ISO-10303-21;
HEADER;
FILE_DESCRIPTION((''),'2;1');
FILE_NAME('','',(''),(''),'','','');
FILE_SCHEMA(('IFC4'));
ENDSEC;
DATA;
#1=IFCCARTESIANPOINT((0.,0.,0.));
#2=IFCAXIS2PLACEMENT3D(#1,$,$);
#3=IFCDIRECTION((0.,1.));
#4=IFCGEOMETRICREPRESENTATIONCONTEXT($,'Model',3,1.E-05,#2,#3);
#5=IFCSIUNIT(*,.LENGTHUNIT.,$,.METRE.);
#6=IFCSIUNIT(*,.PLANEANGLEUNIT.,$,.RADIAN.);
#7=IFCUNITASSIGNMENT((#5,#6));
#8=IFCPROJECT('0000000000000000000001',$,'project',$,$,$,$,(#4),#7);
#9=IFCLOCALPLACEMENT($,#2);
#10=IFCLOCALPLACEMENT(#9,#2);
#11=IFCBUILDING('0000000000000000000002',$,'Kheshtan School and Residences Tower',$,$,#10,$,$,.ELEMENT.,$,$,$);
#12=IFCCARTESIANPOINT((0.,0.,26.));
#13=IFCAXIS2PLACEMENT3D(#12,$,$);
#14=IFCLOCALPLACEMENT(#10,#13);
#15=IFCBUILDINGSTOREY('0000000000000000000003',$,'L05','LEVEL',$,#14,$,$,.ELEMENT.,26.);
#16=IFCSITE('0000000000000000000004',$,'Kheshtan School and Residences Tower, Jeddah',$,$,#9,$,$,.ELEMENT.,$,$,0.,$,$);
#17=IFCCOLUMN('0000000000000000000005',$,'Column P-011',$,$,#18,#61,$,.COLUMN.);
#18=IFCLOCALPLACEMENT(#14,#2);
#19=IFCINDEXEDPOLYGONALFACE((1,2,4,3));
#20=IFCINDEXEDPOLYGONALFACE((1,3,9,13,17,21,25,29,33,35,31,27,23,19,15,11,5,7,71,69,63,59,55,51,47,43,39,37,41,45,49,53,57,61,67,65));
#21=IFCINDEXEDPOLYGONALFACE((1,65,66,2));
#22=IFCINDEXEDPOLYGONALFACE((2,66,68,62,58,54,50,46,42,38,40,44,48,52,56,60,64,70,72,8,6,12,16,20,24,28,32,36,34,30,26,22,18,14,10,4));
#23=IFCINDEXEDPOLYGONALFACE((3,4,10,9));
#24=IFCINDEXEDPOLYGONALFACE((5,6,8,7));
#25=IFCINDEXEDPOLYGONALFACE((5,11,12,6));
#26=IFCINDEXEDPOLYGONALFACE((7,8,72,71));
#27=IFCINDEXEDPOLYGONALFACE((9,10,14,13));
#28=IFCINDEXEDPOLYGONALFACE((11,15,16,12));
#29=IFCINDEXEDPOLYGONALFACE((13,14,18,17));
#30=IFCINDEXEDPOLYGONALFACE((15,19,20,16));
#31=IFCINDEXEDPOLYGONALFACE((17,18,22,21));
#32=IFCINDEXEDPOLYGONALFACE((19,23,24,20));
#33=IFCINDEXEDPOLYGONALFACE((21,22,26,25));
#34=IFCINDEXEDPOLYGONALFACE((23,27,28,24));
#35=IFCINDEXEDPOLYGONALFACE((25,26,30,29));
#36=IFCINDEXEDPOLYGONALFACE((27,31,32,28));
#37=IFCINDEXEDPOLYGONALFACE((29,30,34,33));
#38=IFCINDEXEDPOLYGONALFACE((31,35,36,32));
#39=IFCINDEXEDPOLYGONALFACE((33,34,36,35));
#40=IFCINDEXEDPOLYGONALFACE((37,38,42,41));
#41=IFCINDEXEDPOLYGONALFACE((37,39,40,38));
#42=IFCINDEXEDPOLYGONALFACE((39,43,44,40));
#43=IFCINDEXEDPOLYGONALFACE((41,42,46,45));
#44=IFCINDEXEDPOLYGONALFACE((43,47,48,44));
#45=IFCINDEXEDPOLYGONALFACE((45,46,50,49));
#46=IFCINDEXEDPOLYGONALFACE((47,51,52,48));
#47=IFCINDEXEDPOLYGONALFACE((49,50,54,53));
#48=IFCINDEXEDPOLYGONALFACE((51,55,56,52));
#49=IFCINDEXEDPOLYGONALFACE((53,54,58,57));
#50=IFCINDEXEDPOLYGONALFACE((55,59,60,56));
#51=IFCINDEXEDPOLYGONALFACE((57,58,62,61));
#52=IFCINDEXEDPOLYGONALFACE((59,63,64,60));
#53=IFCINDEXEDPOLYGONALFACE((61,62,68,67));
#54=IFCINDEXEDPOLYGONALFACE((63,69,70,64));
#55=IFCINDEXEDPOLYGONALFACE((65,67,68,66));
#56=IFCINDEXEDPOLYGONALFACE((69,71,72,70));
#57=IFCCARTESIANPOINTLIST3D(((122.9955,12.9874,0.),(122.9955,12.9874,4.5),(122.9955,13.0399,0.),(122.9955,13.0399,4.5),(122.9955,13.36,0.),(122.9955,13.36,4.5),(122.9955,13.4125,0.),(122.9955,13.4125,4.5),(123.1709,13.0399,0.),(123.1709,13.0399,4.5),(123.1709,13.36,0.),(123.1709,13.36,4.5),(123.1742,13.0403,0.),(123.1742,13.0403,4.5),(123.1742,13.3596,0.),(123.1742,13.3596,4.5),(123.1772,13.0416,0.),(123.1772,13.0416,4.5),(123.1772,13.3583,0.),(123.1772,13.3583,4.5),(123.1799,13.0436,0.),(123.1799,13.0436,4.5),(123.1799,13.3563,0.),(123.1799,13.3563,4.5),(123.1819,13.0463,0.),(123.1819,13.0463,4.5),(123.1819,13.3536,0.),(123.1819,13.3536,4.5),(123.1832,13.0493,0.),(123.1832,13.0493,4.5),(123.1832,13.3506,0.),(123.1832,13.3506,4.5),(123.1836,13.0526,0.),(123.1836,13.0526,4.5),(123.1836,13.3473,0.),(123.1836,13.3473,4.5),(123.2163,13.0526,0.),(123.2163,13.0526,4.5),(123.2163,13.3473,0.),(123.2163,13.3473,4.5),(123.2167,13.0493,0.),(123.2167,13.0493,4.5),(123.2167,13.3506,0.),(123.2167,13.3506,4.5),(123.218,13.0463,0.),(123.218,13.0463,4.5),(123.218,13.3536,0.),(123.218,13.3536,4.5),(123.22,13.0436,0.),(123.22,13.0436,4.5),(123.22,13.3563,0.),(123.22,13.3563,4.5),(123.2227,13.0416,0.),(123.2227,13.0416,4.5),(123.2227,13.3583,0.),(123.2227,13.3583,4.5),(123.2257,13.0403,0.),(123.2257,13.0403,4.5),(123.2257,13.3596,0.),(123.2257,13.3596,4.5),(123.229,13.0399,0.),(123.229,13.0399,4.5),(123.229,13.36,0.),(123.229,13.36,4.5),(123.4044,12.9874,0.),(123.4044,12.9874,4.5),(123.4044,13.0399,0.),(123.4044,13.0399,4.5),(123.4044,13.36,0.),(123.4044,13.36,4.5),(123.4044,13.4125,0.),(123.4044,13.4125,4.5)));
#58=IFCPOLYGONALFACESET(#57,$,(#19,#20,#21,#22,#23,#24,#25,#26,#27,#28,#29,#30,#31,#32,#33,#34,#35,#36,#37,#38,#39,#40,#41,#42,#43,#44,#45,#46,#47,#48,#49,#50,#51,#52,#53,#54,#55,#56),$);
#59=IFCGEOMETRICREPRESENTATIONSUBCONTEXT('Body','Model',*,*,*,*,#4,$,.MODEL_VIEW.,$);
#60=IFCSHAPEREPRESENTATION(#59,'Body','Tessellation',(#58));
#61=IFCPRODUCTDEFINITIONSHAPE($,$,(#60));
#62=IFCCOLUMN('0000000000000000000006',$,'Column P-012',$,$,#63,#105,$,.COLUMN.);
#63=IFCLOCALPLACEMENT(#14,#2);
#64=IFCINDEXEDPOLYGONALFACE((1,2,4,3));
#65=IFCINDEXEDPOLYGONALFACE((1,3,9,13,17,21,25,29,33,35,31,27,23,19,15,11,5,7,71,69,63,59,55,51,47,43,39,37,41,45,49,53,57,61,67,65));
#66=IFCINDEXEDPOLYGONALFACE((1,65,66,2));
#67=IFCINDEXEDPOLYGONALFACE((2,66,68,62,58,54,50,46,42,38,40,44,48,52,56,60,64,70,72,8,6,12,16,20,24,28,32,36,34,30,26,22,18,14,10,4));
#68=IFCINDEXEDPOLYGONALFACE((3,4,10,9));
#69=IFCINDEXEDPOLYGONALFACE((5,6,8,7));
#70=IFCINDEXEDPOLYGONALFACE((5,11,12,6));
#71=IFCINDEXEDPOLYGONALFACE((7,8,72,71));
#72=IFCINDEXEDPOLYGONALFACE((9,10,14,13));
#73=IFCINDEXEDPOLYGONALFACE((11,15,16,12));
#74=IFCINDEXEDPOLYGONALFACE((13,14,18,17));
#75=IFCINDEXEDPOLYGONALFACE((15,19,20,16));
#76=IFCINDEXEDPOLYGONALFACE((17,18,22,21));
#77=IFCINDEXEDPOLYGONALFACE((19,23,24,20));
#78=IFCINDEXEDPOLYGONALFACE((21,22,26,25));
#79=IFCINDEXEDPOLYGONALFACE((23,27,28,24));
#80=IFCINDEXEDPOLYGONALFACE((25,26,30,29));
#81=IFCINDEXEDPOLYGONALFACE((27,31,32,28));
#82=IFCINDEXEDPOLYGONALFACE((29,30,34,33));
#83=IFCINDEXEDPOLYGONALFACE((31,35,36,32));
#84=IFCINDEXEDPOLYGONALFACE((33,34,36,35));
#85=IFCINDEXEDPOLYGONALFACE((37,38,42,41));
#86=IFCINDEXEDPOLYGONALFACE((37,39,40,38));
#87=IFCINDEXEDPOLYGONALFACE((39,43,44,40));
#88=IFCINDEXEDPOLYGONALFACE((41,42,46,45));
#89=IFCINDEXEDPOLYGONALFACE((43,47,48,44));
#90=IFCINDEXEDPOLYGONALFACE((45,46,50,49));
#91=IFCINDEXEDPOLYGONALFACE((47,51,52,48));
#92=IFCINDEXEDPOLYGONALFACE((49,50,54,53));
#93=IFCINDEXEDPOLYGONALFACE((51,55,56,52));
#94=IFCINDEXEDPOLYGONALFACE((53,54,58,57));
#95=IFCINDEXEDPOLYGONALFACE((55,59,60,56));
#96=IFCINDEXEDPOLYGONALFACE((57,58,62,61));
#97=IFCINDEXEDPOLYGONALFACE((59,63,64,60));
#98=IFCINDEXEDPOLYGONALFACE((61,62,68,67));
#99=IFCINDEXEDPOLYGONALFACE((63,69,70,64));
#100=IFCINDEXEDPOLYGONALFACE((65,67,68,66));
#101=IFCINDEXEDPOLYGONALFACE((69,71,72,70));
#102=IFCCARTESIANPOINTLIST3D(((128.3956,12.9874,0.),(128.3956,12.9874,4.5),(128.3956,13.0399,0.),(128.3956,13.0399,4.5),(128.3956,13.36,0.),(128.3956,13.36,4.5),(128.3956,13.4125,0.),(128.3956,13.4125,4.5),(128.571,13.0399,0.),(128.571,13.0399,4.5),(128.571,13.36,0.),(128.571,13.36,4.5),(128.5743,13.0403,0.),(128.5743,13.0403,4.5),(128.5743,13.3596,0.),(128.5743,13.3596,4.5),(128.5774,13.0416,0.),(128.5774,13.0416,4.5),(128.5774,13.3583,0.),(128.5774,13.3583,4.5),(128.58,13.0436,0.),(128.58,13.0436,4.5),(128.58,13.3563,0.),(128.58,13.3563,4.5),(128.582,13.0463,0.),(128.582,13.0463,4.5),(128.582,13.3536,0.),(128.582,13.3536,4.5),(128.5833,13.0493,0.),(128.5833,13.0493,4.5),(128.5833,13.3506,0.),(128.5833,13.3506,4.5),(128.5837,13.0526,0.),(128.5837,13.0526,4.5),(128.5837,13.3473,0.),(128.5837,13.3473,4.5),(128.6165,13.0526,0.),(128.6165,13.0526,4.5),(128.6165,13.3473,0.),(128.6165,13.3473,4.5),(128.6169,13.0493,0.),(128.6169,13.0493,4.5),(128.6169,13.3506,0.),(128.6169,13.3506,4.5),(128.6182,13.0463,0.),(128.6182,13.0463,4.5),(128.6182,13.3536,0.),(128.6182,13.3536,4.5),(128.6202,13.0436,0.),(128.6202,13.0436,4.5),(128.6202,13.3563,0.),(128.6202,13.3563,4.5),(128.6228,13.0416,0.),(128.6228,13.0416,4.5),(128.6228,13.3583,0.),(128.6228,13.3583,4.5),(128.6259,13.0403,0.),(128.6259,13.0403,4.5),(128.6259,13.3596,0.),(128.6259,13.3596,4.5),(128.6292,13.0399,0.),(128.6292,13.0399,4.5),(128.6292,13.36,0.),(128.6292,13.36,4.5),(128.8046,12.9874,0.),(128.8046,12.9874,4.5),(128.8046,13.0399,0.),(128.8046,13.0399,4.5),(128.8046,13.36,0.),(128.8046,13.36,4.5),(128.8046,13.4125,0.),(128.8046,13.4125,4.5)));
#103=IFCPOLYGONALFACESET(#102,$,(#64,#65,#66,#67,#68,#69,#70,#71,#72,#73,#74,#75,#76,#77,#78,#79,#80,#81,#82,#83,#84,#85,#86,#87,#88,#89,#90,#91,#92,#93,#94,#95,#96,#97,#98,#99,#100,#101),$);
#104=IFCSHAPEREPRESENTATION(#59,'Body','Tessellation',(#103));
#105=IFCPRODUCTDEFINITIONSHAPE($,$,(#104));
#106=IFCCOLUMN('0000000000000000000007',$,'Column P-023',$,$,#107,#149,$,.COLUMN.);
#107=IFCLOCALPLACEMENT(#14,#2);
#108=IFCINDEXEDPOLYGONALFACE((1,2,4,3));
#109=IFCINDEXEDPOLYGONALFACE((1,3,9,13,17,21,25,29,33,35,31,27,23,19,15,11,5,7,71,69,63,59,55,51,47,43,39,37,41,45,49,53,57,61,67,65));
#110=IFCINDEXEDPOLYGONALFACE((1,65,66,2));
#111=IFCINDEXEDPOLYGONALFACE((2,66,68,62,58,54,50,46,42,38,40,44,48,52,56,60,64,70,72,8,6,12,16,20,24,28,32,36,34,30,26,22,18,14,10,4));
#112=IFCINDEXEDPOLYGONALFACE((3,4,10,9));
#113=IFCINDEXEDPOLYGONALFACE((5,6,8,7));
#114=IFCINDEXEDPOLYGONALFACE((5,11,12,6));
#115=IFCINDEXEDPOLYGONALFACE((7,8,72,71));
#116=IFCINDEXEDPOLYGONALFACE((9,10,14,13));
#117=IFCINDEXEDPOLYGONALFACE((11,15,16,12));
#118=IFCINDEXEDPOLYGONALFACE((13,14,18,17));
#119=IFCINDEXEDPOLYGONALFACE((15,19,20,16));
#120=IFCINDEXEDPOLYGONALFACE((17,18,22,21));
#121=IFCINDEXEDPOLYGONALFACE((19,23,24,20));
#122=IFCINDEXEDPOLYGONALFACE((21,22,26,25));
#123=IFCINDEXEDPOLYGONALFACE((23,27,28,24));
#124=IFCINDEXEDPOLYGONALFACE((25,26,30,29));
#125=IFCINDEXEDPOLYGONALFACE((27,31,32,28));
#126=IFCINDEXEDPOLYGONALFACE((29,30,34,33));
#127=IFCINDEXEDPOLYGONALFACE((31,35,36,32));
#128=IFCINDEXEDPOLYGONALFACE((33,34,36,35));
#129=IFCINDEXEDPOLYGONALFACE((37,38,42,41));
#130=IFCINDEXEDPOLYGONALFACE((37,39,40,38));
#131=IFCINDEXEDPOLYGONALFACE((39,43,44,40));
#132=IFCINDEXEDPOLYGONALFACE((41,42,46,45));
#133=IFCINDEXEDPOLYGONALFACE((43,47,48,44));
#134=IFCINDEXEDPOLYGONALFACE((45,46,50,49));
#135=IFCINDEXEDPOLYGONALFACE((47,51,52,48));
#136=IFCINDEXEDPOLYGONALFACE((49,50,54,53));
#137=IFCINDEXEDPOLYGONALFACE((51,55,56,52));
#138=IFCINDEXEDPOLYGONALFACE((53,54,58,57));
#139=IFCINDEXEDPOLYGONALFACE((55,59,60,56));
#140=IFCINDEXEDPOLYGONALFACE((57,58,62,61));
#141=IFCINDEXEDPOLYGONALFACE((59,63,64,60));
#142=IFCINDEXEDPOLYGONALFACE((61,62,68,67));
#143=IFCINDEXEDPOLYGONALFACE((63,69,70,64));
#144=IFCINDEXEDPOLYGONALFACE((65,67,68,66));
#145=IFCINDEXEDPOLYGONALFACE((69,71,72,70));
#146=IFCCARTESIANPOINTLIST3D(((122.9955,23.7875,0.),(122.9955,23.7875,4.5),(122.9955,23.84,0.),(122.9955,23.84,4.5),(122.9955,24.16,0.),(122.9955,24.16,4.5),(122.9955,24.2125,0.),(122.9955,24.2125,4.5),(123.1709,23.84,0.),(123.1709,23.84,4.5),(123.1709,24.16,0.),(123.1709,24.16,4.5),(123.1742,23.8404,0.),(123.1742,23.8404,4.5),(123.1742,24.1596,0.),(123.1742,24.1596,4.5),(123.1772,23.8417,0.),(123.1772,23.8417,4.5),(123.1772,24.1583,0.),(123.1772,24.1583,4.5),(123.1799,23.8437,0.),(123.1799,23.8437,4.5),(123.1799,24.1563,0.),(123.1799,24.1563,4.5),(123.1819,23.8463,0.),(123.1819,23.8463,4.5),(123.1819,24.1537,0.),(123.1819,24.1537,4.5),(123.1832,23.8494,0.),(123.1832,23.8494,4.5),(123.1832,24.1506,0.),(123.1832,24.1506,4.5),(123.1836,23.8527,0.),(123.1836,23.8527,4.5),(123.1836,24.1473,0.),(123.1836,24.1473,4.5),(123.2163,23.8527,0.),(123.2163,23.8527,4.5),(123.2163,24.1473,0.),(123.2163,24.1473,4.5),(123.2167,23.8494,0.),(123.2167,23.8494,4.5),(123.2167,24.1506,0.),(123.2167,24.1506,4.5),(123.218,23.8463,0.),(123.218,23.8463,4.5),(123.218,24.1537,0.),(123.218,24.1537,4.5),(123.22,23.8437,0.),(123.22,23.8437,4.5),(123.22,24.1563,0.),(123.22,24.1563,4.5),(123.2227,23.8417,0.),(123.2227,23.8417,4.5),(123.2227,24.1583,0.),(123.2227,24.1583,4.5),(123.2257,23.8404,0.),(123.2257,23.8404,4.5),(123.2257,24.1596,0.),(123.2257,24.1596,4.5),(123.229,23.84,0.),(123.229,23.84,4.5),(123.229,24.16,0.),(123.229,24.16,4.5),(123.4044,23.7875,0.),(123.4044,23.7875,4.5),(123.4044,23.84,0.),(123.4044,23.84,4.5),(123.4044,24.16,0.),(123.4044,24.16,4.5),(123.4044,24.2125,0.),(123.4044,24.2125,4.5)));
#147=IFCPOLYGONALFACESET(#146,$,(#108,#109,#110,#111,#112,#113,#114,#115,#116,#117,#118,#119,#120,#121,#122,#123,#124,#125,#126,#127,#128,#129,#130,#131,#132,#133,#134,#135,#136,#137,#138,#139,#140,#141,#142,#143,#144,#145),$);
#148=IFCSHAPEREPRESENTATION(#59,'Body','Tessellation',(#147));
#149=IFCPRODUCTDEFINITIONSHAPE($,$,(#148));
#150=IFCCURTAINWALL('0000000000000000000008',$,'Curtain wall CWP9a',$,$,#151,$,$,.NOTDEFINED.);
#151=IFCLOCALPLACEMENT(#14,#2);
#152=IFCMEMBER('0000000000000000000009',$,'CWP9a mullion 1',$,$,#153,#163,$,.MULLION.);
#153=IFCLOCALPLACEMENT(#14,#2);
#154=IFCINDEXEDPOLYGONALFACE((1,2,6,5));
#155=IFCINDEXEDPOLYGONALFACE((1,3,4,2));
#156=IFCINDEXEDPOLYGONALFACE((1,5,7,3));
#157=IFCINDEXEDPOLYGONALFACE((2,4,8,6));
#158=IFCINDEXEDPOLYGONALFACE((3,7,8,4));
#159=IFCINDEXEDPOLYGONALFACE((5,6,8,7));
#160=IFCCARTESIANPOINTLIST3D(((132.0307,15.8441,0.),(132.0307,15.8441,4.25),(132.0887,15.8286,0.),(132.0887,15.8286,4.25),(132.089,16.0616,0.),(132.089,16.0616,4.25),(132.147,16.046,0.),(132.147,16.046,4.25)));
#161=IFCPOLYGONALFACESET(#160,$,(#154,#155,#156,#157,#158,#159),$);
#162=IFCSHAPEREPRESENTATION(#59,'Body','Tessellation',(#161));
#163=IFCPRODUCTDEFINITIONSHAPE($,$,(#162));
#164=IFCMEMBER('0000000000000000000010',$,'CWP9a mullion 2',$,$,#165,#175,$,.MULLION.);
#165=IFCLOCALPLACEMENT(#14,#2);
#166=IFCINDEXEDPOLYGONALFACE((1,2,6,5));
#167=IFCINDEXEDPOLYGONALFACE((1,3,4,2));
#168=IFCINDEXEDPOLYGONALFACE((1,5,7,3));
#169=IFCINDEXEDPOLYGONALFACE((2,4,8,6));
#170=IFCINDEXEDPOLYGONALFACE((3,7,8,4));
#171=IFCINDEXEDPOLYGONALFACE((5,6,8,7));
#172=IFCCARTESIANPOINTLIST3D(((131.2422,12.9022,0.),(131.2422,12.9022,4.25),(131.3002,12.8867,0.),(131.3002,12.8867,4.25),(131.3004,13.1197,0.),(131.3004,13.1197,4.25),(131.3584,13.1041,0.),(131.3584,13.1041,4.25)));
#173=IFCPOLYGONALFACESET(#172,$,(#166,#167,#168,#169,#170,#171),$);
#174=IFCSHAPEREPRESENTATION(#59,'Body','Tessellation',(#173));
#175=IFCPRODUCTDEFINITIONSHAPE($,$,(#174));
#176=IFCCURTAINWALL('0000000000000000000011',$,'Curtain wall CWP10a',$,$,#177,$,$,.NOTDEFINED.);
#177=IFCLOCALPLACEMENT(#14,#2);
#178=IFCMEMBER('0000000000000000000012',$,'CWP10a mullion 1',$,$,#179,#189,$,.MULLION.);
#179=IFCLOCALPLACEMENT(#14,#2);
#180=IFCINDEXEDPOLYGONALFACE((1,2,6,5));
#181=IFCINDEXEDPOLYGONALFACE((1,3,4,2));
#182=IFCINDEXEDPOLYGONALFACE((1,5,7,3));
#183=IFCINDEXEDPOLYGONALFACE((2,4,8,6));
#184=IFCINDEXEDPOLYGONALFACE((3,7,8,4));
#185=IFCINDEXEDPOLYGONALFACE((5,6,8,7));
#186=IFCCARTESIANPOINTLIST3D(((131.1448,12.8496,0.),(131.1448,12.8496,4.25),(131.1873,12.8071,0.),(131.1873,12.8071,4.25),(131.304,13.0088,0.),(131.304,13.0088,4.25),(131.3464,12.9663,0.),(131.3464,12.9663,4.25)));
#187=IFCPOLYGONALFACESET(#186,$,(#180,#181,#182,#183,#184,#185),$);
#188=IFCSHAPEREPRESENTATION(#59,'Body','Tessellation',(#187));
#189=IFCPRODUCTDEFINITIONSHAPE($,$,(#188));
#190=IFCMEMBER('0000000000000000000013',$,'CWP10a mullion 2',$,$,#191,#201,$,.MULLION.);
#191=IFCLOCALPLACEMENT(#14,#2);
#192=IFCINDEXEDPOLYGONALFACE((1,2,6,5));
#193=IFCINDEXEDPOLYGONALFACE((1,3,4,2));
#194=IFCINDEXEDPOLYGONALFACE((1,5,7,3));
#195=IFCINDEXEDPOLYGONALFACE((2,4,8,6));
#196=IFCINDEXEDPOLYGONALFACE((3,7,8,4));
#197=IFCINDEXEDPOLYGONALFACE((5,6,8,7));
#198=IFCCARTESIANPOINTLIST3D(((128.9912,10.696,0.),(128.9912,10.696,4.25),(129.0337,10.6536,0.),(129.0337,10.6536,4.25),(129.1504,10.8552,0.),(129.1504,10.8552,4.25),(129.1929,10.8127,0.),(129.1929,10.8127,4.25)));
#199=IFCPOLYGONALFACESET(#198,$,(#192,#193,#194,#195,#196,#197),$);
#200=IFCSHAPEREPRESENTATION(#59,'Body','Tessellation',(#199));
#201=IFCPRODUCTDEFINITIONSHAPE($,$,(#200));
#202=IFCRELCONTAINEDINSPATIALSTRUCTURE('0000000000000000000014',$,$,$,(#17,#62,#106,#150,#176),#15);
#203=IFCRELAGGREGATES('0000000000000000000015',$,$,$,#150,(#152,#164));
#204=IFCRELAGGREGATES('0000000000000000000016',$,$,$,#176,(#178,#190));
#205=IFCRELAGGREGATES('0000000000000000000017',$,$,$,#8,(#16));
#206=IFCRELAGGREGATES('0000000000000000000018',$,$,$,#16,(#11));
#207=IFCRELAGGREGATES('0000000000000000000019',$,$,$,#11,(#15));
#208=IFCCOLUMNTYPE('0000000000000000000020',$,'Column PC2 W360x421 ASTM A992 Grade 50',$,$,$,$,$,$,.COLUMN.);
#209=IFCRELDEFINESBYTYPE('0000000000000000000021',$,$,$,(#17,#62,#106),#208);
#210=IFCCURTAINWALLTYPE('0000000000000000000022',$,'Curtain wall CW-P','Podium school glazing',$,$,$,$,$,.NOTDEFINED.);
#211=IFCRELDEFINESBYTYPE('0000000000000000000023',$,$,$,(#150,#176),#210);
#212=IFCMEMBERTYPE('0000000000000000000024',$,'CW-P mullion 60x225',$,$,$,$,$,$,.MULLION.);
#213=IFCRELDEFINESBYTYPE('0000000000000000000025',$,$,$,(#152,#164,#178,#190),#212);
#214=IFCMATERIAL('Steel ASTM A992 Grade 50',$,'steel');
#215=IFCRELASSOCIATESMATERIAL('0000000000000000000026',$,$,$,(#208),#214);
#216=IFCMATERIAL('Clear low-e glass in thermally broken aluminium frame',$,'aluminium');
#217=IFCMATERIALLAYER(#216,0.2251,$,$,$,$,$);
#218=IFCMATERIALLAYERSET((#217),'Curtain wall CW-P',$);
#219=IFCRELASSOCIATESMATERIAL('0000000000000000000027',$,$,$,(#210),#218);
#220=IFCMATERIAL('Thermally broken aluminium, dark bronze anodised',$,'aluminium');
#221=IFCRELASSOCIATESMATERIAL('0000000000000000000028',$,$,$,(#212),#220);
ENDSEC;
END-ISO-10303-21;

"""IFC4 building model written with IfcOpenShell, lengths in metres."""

from ifc_helpers import new_model, si_unit, direction, frame, origin, origin_2d, place, context, subcontext, project, spatial, rectangle, i_section, extrude, material, layer, layer_set, material_profile, profile_set, type_object, element, aggregate, save


model = new_model("IFC4")

# Units and contexts
model_context = context("Model", 3, precision=1e-05, world=origin(), true_north=direction((0.0, 1.0)))
body_context = subcontext(model_context, "Body", "Model", "MODEL_VIEW")
ifc_project = project(units=[si_unit("LENGTHUNIT", "METRE"), si_unit("PLANEANGLEUNIT", "RADIAN")], contexts=[model_context])

# Site, building, storey
site_placement = place(None, origin())
site = spatial("IfcSite", under=ifc_project, at=site_placement, Name="Kheshtan School and Residences Tower, Jeddah", CompositionType="ELEMENT", RefElevation=0.0)
building_placement = place(site_placement, origin())
building = spatial("IfcBuilding", under=site, at=building_placement, Name="Kheshtan School and Residences Tower", CompositionType="ELEMENT")
storey_placement = place(building_placement, frame((0.0, 0.0, 26.0)))
storey = spatial("IfcBuildingStorey", under=building, at=storey_placement, Name="L05", Description="LEVEL", CompositionType="ELEMENT", Elevation=26.0)

# Columns
ifc_material_1 = material(Name="Steel ASTM A992 Grade 50", Category="steel")
ifc_material_profile_1 = material_profile(ifc_material_1, i_section(OverallWidth=0.4089, OverallDepth=0.425, WebThickness=0.0327, FlangeThickness=0.0525, FilletRadius=0.0127, at=origin_2d()), Name="W360x421")
ifc_profile_set_1 = profile_set([ifc_material_profile_1], Name="Steel ASTM A992 Grade 50")
column_type = type_object("IfcColumnType", Name="Column PC2 W360x421 ASTM A992 Grade 50", PredefinedType="COLUMN", material=ifc_profile_set_1)
for number, where, z_axis, x_axis, name in (
    (1, (123.2, 13.2, 0.0), (0.0, 0.0, 1.0), (1.0, 0.0, 0.0), "Column P-011"),
    (2, (128.6001, 13.2, 0.0), (0.0, 0.0, 1.0), (1.0, 0.0, 0.0), "Column P-012"),
    (3, (123.2, 24.0, 0.0), (0.0, 0.0, 1.0), (1.0, 0.0, 0.0), "Column P-023"),
):
    element("IfcColumn", number, at=place(storey_placement, frame(where, z_axis=z_axis, x_axis=x_axis)), inside=storey, type_object=column_type, Name=name, PredefinedType="COLUMN", context=body_context, shape_type="SweptSolid", body=[
        extrude(i_section(OverallWidth=0.4089, OverallDepth=0.425, WebThickness=0.0327, FlangeThickness=0.0525, FilletRadius=0.0127, at=origin_2d()), origin(), (0.0, 0.0, 1.0), 4.5),
    ])

# Curtain walls, members
ifc_material_2 = material(Name="Clear low-e glass in thermally broken aluminium frame", Category="aluminium")
ifc_layer_1 = layer(ifc_material_2, 0.2251)
ifc_layer_set_1 = layer_set([ifc_layer_1], Name="Curtain wall CW-P")
curtain_wall_type = type_object("IfcCurtainWallType", Name="Curtain wall CW-P", Description="Podium school glazing", PredefinedType="NOTDEFINED", material=ifc_layer_set_1)
curtain_wall_1_placement = place(storey_placement, origin())
curtain_wall_1 = element("IfcCurtainWall", 4, at=curtain_wall_1_placement, inside=storey, type_object=curtain_wall_type, Name="Curtain wall CWP9a", PredefinedType="NOTDEFINED")
ifc_material_3 = material(Name="Thermally broken aluminium, dark bronze anodised", Category="aluminium")
ifc_material_profile_2 = material_profile(ifc_material_3, rectangle(XDim=0.0601, YDim=0.2251, at=origin_2d()), Name="CW-P mullion 60x225")
ifc_profile_set_2 = profile_set([ifc_material_profile_2], Name="Thermally broken aluminium, dark bronze anodised")
member_type_1 = type_object("IfcMemberType", Name="CW-P mullion 60x225", PredefinedType="MULLION", material=ifc_profile_set_2)
member_1_placement = place(storey_placement, frame((132.0889, 15.9451, 0.0), z_axis=(0.0, 0.0, 1.0), x_axis=(0.965914, -0.258865, 0.0)))
member_1 = element("IfcMember", 5, at=member_1_placement, type_object=member_type_1, Name="CWP9a mullion 1", PredefinedType="MULLION", context=body_context, shape_type="SweptSolid", body=[
    extrude(rectangle(XDim=0.0601, YDim=0.2251, at=origin_2d()), origin(), (0.0, 0.0, 1.0), 4.25),
])
member_2_placement = place(storey_placement, frame((131.3003, 13.0032, 0.0), z_axis=(0.0, 0.0, 1.0), x_axis=(0.965914, -0.258865, 0.0)))
member_2 = element("IfcMember", 6, at=member_2_placement, type_object=member_type_1, Name="CWP9a mullion 2", PredefinedType="MULLION", context=body_context, shape_type="SweptSolid", body=[
    extrude(rectangle(XDim=0.0601, YDim=0.2251, at=origin_2d()), origin(), (0.0, 0.0, 1.0), 4.25),
])
curtain_wall_2_placement = place(storey_placement, origin())
curtain_wall_2 = element("IfcCurtainWall", 7, at=curtain_wall_2_placement, inside=storey, type_object=curtain_wall_type, Name="Curtain wall CWP10a", PredefinedType="NOTDEFINED")
member_3_placement = place(storey_placement, frame((131.2456, 12.908, 0.0), z_axis=(0.0, 0.0, 1.0), x_axis=(0.707107, -0.707107, 0.0)))
member_3 = element("IfcMember", 8, at=member_3_placement, type_object=member_type_1, Name="CWP10a mullion 1", PredefinedType="MULLION", context=body_context, shape_type="SweptSolid", body=[
    extrude(rectangle(XDim=0.0601, YDim=0.2251, at=origin_2d()), origin(), (0.0, 0.0, 1.0), 4.25),
])
member_4_placement = place(storey_placement, frame((129.092, 10.7544, 0.0), z_axis=(0.0, 0.0, 1.0), x_axis=(0.707107, -0.707107, 0.0)))
member_4 = element("IfcMember", 9, at=member_4_placement, type_object=member_type_1, Name="CWP10a mullion 2", PredefinedType="MULLION", context=body_context, shape_type="SweptSolid", body=[
    extrude(rectangle(XDim=0.0601, YDim=0.2251, at=origin_2d()), origin(), (0.0, 0.0, 1.0), 4.25),
])

aggregate(curtain_wall_1, [member_1, member_2])
aggregate(curtain_wall_2, [member_3, member_4])

save(model, "model.ifc")
